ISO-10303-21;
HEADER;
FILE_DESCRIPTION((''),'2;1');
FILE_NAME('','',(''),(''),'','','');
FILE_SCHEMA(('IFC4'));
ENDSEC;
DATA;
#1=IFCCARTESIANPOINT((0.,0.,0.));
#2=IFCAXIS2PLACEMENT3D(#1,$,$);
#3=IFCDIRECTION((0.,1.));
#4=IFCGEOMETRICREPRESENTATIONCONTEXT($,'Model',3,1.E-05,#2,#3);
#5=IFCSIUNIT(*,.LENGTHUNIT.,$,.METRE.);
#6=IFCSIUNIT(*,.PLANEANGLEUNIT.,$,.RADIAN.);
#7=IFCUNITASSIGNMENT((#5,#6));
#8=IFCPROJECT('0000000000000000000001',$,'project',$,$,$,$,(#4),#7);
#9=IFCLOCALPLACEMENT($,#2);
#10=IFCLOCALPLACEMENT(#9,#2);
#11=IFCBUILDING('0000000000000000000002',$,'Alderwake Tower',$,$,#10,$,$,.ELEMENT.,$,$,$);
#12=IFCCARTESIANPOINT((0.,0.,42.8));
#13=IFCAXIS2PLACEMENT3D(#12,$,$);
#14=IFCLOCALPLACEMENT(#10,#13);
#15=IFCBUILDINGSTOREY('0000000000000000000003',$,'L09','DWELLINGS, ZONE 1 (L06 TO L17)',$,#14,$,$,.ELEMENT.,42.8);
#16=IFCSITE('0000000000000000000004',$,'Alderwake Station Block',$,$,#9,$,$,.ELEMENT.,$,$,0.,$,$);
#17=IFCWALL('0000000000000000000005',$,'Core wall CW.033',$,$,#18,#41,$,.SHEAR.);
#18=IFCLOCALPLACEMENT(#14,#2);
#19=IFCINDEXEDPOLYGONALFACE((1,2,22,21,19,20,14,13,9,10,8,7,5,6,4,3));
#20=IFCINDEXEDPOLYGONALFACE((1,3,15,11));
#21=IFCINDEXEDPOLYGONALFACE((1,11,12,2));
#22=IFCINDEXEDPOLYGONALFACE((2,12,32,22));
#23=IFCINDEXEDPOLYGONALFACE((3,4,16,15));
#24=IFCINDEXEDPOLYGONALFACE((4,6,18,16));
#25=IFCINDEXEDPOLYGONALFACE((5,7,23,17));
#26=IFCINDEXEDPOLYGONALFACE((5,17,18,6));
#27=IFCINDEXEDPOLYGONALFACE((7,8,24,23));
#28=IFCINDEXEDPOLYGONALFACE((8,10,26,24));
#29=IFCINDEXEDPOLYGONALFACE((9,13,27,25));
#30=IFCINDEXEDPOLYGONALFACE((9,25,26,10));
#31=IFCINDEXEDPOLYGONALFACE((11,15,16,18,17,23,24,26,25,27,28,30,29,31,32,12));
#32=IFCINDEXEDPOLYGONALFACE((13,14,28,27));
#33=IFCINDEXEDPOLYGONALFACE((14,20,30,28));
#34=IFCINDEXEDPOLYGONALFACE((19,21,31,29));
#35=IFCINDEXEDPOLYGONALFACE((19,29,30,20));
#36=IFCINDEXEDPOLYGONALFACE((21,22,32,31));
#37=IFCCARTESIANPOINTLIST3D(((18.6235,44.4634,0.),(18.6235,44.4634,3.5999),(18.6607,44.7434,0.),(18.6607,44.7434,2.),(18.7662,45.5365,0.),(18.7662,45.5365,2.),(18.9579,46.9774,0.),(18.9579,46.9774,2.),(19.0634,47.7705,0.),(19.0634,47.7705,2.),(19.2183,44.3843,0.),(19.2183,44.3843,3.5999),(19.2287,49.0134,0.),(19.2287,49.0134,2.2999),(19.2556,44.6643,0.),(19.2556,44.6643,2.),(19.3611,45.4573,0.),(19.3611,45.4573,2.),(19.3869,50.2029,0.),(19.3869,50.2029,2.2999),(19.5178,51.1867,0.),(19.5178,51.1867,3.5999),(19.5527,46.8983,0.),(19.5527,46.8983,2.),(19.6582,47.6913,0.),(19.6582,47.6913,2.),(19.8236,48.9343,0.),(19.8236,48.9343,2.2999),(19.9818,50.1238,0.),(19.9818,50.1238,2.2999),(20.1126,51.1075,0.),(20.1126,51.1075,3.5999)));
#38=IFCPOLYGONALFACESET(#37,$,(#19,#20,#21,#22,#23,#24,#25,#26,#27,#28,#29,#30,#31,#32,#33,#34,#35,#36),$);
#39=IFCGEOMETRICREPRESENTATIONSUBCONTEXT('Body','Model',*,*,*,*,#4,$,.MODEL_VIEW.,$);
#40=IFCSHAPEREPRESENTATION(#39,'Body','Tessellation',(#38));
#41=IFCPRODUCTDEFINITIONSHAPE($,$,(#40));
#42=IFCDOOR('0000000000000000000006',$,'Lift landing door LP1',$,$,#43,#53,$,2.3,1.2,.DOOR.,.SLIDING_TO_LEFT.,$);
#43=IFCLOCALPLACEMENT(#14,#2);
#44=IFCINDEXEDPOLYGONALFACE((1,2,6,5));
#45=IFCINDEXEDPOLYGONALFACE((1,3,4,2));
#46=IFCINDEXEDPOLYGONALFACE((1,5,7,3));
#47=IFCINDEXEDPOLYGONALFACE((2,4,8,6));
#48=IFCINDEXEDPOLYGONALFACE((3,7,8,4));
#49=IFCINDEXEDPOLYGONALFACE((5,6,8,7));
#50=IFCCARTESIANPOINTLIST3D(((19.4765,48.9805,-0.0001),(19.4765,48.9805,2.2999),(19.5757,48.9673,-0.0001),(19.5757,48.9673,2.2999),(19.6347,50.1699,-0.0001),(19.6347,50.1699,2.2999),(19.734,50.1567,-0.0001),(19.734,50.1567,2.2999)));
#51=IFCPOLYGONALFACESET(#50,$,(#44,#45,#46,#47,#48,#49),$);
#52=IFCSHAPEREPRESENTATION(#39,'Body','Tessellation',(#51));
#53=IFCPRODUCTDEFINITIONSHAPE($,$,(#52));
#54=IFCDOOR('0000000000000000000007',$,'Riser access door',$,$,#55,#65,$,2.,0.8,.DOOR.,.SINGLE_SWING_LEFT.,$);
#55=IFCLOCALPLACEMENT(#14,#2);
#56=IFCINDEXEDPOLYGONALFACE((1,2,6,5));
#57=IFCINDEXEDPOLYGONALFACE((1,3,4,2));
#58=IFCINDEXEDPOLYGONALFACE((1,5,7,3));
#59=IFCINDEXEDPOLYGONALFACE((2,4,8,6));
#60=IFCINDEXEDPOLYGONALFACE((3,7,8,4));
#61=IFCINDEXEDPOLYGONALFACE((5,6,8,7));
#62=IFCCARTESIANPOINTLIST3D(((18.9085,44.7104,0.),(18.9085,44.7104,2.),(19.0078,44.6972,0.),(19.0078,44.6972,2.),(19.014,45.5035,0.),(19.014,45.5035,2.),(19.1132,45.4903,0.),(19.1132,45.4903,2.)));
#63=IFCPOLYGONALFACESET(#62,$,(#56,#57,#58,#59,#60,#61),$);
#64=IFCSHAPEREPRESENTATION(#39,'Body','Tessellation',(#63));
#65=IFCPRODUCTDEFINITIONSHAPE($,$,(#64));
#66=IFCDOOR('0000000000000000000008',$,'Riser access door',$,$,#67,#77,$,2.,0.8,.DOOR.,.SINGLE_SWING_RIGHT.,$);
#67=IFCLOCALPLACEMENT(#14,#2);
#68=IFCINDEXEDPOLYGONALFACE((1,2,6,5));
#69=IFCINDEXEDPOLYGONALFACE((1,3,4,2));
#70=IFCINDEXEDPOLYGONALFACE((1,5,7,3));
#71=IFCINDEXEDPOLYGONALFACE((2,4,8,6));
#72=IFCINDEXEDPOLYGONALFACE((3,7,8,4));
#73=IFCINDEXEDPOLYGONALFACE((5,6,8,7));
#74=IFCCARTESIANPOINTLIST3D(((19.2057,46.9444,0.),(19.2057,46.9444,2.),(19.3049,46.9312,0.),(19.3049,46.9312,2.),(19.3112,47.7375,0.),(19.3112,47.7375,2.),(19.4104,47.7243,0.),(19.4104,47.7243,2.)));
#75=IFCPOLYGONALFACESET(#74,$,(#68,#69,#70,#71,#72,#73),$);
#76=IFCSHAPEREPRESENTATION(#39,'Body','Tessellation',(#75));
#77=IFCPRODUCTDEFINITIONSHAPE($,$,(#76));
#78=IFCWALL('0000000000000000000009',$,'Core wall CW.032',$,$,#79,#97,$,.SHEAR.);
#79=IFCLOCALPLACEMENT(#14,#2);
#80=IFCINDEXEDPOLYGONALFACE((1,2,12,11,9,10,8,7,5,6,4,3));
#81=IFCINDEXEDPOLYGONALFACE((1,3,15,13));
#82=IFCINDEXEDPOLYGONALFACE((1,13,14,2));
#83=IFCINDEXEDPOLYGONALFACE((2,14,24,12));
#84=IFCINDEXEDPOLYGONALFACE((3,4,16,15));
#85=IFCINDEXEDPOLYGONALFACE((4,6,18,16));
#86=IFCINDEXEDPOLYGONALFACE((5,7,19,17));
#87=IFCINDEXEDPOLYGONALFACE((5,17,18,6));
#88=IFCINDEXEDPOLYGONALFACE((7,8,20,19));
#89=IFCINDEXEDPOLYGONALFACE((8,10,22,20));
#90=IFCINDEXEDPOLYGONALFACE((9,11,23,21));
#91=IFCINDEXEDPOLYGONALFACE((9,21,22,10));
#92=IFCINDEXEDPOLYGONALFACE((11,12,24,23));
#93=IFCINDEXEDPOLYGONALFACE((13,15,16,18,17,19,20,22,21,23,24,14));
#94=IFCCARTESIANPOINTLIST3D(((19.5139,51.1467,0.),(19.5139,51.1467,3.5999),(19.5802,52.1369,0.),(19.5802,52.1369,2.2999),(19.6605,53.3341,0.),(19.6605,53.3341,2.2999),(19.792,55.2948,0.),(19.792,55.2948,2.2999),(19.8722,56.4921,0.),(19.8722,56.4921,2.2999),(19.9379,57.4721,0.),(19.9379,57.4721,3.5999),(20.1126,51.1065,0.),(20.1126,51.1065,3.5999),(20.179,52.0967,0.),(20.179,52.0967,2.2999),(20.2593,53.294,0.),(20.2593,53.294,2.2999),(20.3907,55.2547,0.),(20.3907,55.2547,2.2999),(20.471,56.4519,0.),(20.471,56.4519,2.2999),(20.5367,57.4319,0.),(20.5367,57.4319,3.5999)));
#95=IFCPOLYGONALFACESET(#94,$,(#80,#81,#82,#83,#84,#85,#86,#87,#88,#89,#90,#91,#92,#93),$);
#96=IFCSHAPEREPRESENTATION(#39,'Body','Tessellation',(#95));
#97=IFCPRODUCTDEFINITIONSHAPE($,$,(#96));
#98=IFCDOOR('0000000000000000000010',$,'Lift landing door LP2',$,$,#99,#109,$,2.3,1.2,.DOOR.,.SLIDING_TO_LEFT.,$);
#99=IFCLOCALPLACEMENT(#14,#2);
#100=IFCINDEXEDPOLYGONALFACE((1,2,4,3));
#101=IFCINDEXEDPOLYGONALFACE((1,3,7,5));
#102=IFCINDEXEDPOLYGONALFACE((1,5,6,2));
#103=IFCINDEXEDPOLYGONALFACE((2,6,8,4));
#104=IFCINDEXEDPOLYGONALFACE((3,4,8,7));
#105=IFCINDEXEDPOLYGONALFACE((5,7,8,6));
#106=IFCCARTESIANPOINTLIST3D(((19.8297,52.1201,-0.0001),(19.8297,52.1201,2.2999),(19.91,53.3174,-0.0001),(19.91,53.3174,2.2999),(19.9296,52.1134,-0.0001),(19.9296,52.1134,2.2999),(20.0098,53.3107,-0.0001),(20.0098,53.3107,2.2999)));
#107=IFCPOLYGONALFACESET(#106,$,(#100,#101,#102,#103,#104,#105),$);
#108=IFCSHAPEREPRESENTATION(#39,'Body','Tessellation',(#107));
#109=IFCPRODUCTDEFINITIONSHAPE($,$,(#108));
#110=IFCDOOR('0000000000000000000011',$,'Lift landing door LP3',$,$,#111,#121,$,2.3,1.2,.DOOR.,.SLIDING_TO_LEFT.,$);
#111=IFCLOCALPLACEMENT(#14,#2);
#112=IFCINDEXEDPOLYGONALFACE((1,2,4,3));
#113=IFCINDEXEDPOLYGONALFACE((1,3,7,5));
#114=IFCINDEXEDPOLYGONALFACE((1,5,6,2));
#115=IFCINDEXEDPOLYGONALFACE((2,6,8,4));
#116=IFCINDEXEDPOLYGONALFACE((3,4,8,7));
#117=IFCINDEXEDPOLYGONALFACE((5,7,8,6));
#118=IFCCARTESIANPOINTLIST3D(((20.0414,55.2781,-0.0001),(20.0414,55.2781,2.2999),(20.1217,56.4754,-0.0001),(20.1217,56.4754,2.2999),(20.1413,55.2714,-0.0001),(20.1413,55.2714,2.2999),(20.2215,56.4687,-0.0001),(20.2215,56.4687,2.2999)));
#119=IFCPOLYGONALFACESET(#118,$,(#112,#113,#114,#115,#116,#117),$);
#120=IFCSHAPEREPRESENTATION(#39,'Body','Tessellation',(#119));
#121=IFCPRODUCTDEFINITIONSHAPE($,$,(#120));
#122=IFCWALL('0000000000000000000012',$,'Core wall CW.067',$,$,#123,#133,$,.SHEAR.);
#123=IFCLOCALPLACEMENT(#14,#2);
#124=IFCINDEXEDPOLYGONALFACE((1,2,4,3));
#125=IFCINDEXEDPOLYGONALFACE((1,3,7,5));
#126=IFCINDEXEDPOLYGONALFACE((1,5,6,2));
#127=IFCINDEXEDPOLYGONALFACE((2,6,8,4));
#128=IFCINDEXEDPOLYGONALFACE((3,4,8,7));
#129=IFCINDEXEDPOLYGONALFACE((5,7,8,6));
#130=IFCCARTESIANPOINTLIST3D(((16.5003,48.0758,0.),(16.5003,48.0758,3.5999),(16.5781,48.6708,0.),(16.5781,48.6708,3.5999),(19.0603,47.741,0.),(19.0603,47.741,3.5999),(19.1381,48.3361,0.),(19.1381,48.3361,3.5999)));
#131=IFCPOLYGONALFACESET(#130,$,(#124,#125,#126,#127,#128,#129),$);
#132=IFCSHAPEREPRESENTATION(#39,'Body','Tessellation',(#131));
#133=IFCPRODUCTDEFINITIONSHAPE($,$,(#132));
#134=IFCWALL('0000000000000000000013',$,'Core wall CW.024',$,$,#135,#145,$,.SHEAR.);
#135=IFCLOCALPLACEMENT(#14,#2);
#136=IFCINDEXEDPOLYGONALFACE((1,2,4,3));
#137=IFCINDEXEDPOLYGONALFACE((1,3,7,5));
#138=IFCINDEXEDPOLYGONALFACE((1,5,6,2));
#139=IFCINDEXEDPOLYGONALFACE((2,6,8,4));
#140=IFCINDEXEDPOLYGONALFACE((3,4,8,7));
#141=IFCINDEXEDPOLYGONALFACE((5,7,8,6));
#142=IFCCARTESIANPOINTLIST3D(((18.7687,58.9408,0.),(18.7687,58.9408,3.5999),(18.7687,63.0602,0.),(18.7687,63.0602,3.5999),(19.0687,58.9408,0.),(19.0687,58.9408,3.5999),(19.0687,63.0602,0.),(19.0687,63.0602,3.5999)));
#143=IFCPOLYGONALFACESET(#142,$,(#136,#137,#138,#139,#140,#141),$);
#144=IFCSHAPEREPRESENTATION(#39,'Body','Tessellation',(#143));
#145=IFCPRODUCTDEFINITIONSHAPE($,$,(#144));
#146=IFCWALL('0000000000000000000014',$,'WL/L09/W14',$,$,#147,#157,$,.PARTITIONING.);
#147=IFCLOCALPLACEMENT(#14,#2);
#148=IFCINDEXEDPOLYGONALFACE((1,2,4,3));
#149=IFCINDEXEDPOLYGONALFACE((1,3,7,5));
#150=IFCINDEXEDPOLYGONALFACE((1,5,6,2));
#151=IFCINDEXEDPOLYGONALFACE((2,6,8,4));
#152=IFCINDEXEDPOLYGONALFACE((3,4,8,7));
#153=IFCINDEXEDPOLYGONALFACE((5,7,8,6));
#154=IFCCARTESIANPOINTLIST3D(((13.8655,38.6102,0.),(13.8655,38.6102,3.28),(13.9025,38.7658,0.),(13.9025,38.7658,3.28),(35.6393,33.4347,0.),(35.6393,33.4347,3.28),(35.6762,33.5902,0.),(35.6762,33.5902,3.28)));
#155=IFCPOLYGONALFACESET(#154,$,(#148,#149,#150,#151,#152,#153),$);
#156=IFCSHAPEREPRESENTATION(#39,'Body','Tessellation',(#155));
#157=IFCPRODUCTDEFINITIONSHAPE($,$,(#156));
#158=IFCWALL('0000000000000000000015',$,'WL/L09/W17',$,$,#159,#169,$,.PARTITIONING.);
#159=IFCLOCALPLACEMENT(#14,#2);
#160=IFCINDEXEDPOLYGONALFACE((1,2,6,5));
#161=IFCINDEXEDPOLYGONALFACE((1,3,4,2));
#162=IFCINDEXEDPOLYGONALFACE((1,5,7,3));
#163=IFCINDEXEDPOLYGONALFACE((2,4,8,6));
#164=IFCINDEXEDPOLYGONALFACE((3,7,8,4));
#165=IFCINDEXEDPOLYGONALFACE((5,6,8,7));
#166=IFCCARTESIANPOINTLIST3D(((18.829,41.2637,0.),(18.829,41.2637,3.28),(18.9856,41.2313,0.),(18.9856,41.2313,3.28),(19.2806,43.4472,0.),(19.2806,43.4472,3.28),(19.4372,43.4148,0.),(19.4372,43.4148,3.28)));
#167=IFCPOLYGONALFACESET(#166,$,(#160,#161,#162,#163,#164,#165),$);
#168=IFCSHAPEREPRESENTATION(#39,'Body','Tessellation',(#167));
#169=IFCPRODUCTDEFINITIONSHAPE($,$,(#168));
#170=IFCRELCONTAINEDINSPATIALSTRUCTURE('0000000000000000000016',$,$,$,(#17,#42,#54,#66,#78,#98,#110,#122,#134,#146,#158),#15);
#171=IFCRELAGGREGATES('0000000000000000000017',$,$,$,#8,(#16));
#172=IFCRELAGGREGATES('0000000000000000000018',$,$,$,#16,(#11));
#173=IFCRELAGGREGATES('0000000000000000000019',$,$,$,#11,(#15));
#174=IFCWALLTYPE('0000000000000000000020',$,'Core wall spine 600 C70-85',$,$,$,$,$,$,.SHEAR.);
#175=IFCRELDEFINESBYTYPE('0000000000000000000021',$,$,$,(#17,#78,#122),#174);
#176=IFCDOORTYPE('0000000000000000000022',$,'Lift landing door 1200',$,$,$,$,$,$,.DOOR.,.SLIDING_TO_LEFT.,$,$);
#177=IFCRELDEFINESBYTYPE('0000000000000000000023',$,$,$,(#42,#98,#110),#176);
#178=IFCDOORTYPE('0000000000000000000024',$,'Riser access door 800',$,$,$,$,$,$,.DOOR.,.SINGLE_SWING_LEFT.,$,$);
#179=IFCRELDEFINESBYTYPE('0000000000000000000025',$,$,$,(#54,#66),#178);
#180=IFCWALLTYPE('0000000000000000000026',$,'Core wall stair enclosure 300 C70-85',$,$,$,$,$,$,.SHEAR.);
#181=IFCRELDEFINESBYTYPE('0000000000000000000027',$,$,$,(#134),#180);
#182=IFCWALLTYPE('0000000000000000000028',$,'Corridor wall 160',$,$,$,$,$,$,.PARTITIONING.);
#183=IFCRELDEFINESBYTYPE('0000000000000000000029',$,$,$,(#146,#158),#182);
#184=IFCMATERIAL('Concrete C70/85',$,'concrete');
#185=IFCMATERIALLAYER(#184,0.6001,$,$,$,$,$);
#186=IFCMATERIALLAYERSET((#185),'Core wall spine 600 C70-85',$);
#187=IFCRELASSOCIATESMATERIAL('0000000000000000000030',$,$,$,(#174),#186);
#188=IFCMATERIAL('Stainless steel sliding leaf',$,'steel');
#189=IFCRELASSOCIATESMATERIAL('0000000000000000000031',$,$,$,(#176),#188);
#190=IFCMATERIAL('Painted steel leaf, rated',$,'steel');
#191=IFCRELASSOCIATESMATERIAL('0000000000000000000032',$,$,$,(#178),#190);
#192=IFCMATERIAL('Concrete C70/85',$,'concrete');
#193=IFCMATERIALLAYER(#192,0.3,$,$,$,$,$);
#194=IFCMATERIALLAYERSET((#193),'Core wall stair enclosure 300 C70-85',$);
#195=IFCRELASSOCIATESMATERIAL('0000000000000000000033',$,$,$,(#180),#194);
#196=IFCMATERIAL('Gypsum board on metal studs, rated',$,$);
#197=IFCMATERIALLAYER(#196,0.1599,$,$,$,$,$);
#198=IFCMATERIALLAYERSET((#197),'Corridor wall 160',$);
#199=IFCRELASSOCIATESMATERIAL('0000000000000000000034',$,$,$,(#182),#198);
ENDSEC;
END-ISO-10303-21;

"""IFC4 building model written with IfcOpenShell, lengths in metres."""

from ifc_helpers import new_model, si_unit, direction, frame, frame_2d, origin, place, context, subcontext, project, spatial, rectangle, extrude, material, layer, layer_set, type_object, element, fill, save


model = new_model("IFC4")

# Units and contexts
model_context = context("Model", 3, precision=1e-05, world=origin(), true_north=direction((0.0, 1.0)))
body_context = subcontext(model_context, "Body", "Model", "MODEL_VIEW")
ifc_project = project(units=[si_unit("LENGTHUNIT", "METRE"), si_unit("PLANEANGLEUNIT", "RADIAN")], contexts=[model_context])

# Site, building, storey
site_placement = place(None, origin())
site = spatial("IfcSite", under=ifc_project, at=site_placement, Name="Alderwake Station Block", CompositionType="ELEMENT", RefElevation=0.0)
building_placement = place(site_placement, origin())
building = spatial("IfcBuilding", under=site, at=building_placement, Name="Alderwake Tower", CompositionType="ELEMENT")
storey_placement = place(building_placement, frame((0.0, 0.0, 42.8)))
storey = spatial("IfcBuildingStorey", under=building, at=storey_placement, Name="L09", Description="DWELLINGS, ZONE 1 (L06 TO L17)", CompositionType="ELEMENT", Elevation=42.8)

# Walls, openings, doors
ifc_material_1 = material(Name="Concrete C70/85", Category="concrete")
ifc_layer_1 = layer(ifc_material_1, 0.6001)
ifc_layer_set_1 = layer_set([ifc_layer_1], Name="Core wall spine 600 C70-85")
wall_type_1 = type_object("IfcWallType", Name="Core wall spine 600 C70-85", PredefinedType="SHEAR", material=ifc_layer_set_1)
wall_1_placement = place(storey_placement, frame((19.8152, 51.147, 0.0), z_axis=(0.0, 0.0, 1.0), x_axis=(-0.131855, -0.991269, 0.0)))
wall_1 = element("IfcWall", 1, at=wall_1_placement, inside=storey, type_object=wall_type_1, Name="Core wall CW.033", PredefinedType="SHEAR", context=body_context, shape_type="SweptSolid", body=[
    extrude(rectangle(XDim=6.7825, YDim=0.6001, at=frame_2d((3.3911, 0.0))), origin(), (0.0, 0.0, 1.0), 3.5999),
])
opening_1_placement = place(wall_1_placement, frame((0.9922, 0.0, 0.0)))
opening_1 = element("IfcOpeningElement", 2, at=opening_1_placement, cuts=wall_1, PredefinedType="OPENING", context=body_context, shape_type="SweptSolid", body=[
    extrude(rectangle(XDim=1.2, YDim=2.3, at=frame_2d((0.6001, 1.1499))), frame((0.0, 0.3101, 0.0), z_axis=(0.0, -1.0, 0.0), x_axis=(1.0, 0.0, 0.0)), (0.0, 0.0, 1.0), 0.6201),
])
opening_2_placement = place(wall_1_placement, frame((5.7, 0.0, 0.0)))
opening_2 = element("IfcOpeningElement", 3, at=opening_2_placement, cuts=wall_1, PredefinedType="OPENING", context=body_context, shape_type="SweptSolid", body=[
    extrude(rectangle(XDim=0.8, YDim=2.0, at=frame_2d((0.3999, 1.0))), frame((0.0, 0.3101, 0.0), z_axis=(0.0, -1.0, 0.0), x_axis=(1.0, 0.0, 0.0)), (0.0, 0.0, 1.0), 0.6201),
])
opening_3_placement = place(wall_1_placement, frame((3.4463, 0.0, 0.0)))
opening_3 = element("IfcOpeningElement", 4, at=opening_3_placement, cuts=wall_1, PredefinedType="OPENING", context=body_context, shape_type="SweptSolid", body=[
    extrude(rectangle(XDim=0.8, YDim=2.0, at=frame_2d((0.3999, 1.0))), frame((0.0, 0.3101, 0.0), z_axis=(0.0, -1.0, 0.0), x_axis=(1.0, 0.0, 0.0)), (0.0, 0.0, 1.0), 0.6201),
])
ifc_material_2 = material(Name="Stainless steel sliding leaf", Category="steel")
door_type_1 = type_object("IfcDoorType", Name="Lift landing door 1200", OperationType="SLIDING_TO_LEFT", PredefinedType="DOOR", material=ifc_material_2)
door_1_placement = place(opening_1_placement, origin())
door_1 = element("IfcDoor", 5, at=door_1_placement, inside=storey, type_object=door_type_1, Name="Lift landing door LP1", OperationType="SLIDING_TO_LEFT", OverallHeight=2.3, OverallWidth=1.2, PredefinedType="DOOR", context=body_context, shape_type="SweptSolid", body=[
    extrude(rectangle(XDim=1.2, YDim=2.3, at=frame_2d((0.6001, 1.1499))), frame((0.0, 0.05, 0.0), z_axis=(0.0, -1.0, 0.0), x_axis=(1.0, 0.0, 0.0)), (0.0, 0.0, 1.0), 0.1001),
])
fill(opening_1, door_1)
ifc_material_3 = material(Name="Painted steel leaf, rated", Category="steel")
door_type_2 = type_object("IfcDoorType", Name="Riser access door 800", OperationType="SINGLE_SWING_LEFT", PredefinedType="DOOR", material=ifc_material_3)
door_2_placement = place(opening_2_placement, origin())
door_2 = element("IfcDoor", 6, at=door_2_placement, inside=storey, type_object=door_type_2, Name="Riser access door", OperationType="SINGLE_SWING_LEFT", OverallHeight=2.0, OverallWidth=0.8, PredefinedType="DOOR", context=body_context, shape_type="SweptSolid", body=[
    extrude(rectangle(XDim=0.8, YDim=2.0, at=frame_2d((0.3999, 1.0))), frame((0.0, 0.05, 0.0), z_axis=(0.0, -1.0, 0.0), x_axis=(1.0, 0.0, 0.0)), (0.0, 0.0, 1.0), 0.1001),
])
fill(opening_2, door_2)
door_3_placement = place(opening_3_placement, origin())
door_3 = element("IfcDoor", 7, at=door_3_placement, inside=storey, type_object=door_type_2, Name="Riser access door", OperationType="SINGLE_SWING_RIGHT", OverallHeight=2.0, OverallWidth=0.8, PredefinedType="DOOR", context=body_context, shape_type="SweptSolid", body=[
    extrude(rectangle(XDim=0.8, YDim=2.0, at=frame_2d((0.3999, 1.0))), frame((0.0, 0.05, 0.0), z_axis=(0.0, -1.0, 0.0), x_axis=(1.0, 0.0, 0.0)), (0.0, 0.0, 1.0), 0.1001),
])
fill(opening_3, door_3)
wall_2_placement = place(storey_placement, frame((19.8132, 51.1265, 0.0), z_axis=(0.0, 0.0, 1.0), x_axis=(0.066892, 0.99776, 0.0)))
wall_2 = element("IfcWall", 8, at=wall_2_placement, inside=storey, type_object=wall_type_1, Name="Core wall CW.032", PredefinedType="SHEAR", context=body_context, shape_type="SweptSolid", body=[
    extrude(rectangle(XDim=6.3396, YDim=0.6001, at=frame_2d((3.1699, 0.0))), origin(), (0.0, 0.0, 1.0), 3.5999),
])
opening_4_placement = place(wall_2_placement, frame((0.9924, 0.0, 0.0)))
opening_4 = element("IfcOpeningElement", 9, at=opening_4_placement, cuts=wall_2, PredefinedType="OPENING", context=body_context, shape_type="SweptSolid", body=[
    extrude(rectangle(XDim=1.2, YDim=2.3, at=frame_2d((0.6001, 1.1499))), frame((0.0, 0.3101, 0.0), z_axis=(0.0, -1.0, 0.0), x_axis=(1.0, 0.0, 0.0)), (0.0, 0.0, 1.0), 0.6201),
])
opening_5_placement = place(wall_2_placement, frame((4.1575, 0.0, 0.0)))
opening_5 = element("IfcOpeningElement", 10, at=opening_5_placement, cuts=wall_2, PredefinedType="OPENING", context=body_context, shape_type="SweptSolid", body=[
    extrude(rectangle(XDim=1.2, YDim=2.3, at=frame_2d((0.6001, 1.1499))), frame((0.0, 0.3101, 0.0), z_axis=(0.0, -1.0, 0.0), x_axis=(1.0, 0.0, 0.0)), (0.0, 0.0, 1.0), 0.6201),
])
door_4_placement = place(opening_4_placement, origin())
door_4 = element("IfcDoor", 11, at=door_4_placement, inside=storey, type_object=door_type_1, Name="Lift landing door LP2", OperationType="SLIDING_TO_LEFT", OverallHeight=2.3, OverallWidth=1.2, PredefinedType="DOOR", context=body_context, shape_type="SweptSolid", body=[
    extrude(rectangle(XDim=1.2, YDim=2.3, at=frame_2d((0.6001, 1.1499))), frame((0.0, 0.05, 0.0), z_axis=(0.0, -1.0, 0.0), x_axis=(1.0, 0.0, 0.0)), (0.0, 0.0, 1.0), 0.1001),
])
fill(opening_4, door_4)
door_5_placement = place(opening_5_placement, origin())
door_5 = element("IfcDoor", 12, at=door_5_placement, inside=storey, type_object=door_type_1, Name="Lift landing door LP3", OperationType="SLIDING_TO_LEFT", OverallHeight=2.3, OverallWidth=1.2, PredefinedType="DOOR", context=body_context, shape_type="SweptSolid", body=[
    extrude(rectangle(XDim=1.2, YDim=2.3, at=frame_2d((0.6001, 1.1499))), frame((0.0, 0.05, 0.0), z_axis=(0.0, -1.0, 0.0), x_axis=(1.0, 0.0, 0.0)), (0.0, 0.0, 1.0), 0.1001),
])
fill(opening_5, door_5)

# Walls
wall_3_placement = place(storey_placement, frame((16.5391, 48.3733, 0.0), z_axis=(0.0, 0.0, 1.0), x_axis=(0.991561, -0.129642, 0.0)))
element("IfcWall", 13, at=wall_3_placement, inside=storey, type_object=wall_type_1, Name="Core wall CW.067", PredefinedType="SHEAR", context=body_context, shape_type="SweptSolid", body=[
    extrude(rectangle(XDim=2.5818, YDim=0.6001, at=frame_2d((1.291, 0.0))), origin(), (0.0, 0.0, 1.0), 3.5999),
])
ifc_material_4 = material(Name="Concrete C70/85", Category="concrete")
ifc_layer_2 = layer(ifc_material_4, 0.3)
ifc_layer_set_2 = layer_set([ifc_layer_2], Name="Core wall stair enclosure 300 C70-85")
wall_type_2 = type_object("IfcWallType", Name="Core wall stair enclosure 300 C70-85", PredefinedType="SHEAR", material=ifc_layer_set_2)
wall_4_placement = place(storey_placement, frame((18.9187, 58.9409, 0.0), z_axis=(0.0, 0.0, 1.0), x_axis=(0.0, 1.0, 0.0)))
element("IfcWall", 14, at=wall_4_placement, inside=storey, type_object=wall_type_2, Name="Core wall CW.024", PredefinedType="SHEAR", context=body_context, shape_type="SweptSolid", body=[
    extrude(rectangle(XDim=4.1194, YDim=0.3, at=frame_2d((2.0596, 0.0))), origin(), (0.0, 0.0, 1.0), 3.5999),
])
ifc_material_5 = material(Name="Gypsum board on metal studs, rated")
ifc_layer_3 = layer(ifc_material_5, 0.1599)
ifc_layer_set_3 = layer_set([ifc_layer_3], Name="Corridor wall 160")
wall_type_3 = type_object("IfcWallType", Name="Corridor wall 160", PredefinedType="PARTITIONING", material=ifc_layer_set_3)
wall_5_placement = place(storey_placement, frame((13.884, 38.688, 0.0), z_axis=(0.0, 0.0, 1.0), x_axis=(0.972893, -0.231254, 0.0)))
element("IfcWall", 15, at=wall_5_placement, inside=storey, type_object=wall_type_3, Name="WL/L09/W14", PredefinedType="PARTITIONING", context=body_context, shape_type="SweptSolid", body=[
    extrude(rectangle(XDim=22.3804, YDim=0.1599, at=frame_2d((11.1902, 0.0))), origin(), (0.0, 0.0, 1.0), 3.28),
])
wall_6_placement = place(storey_placement, frame((19.3589, 43.4309, 0.0), z_axis=(0.0, 0.0, 1.0), x_axis=(-0.202555, -0.979271, 0.0)))
element("IfcWall", 16, at=wall_6_placement, inside=storey, type_object=wall_type_3, Name="WL/L09/W17", PredefinedType="PARTITIONING", context=body_context, shape_type="SweptSolid", body=[
    extrude(rectangle(XDim=2.2297, YDim=0.1599, at=frame_2d((1.1147, 0.0))), origin(), (0.0, 0.0, 1.0), 3.28),
])

save(model, "model.ifc")
